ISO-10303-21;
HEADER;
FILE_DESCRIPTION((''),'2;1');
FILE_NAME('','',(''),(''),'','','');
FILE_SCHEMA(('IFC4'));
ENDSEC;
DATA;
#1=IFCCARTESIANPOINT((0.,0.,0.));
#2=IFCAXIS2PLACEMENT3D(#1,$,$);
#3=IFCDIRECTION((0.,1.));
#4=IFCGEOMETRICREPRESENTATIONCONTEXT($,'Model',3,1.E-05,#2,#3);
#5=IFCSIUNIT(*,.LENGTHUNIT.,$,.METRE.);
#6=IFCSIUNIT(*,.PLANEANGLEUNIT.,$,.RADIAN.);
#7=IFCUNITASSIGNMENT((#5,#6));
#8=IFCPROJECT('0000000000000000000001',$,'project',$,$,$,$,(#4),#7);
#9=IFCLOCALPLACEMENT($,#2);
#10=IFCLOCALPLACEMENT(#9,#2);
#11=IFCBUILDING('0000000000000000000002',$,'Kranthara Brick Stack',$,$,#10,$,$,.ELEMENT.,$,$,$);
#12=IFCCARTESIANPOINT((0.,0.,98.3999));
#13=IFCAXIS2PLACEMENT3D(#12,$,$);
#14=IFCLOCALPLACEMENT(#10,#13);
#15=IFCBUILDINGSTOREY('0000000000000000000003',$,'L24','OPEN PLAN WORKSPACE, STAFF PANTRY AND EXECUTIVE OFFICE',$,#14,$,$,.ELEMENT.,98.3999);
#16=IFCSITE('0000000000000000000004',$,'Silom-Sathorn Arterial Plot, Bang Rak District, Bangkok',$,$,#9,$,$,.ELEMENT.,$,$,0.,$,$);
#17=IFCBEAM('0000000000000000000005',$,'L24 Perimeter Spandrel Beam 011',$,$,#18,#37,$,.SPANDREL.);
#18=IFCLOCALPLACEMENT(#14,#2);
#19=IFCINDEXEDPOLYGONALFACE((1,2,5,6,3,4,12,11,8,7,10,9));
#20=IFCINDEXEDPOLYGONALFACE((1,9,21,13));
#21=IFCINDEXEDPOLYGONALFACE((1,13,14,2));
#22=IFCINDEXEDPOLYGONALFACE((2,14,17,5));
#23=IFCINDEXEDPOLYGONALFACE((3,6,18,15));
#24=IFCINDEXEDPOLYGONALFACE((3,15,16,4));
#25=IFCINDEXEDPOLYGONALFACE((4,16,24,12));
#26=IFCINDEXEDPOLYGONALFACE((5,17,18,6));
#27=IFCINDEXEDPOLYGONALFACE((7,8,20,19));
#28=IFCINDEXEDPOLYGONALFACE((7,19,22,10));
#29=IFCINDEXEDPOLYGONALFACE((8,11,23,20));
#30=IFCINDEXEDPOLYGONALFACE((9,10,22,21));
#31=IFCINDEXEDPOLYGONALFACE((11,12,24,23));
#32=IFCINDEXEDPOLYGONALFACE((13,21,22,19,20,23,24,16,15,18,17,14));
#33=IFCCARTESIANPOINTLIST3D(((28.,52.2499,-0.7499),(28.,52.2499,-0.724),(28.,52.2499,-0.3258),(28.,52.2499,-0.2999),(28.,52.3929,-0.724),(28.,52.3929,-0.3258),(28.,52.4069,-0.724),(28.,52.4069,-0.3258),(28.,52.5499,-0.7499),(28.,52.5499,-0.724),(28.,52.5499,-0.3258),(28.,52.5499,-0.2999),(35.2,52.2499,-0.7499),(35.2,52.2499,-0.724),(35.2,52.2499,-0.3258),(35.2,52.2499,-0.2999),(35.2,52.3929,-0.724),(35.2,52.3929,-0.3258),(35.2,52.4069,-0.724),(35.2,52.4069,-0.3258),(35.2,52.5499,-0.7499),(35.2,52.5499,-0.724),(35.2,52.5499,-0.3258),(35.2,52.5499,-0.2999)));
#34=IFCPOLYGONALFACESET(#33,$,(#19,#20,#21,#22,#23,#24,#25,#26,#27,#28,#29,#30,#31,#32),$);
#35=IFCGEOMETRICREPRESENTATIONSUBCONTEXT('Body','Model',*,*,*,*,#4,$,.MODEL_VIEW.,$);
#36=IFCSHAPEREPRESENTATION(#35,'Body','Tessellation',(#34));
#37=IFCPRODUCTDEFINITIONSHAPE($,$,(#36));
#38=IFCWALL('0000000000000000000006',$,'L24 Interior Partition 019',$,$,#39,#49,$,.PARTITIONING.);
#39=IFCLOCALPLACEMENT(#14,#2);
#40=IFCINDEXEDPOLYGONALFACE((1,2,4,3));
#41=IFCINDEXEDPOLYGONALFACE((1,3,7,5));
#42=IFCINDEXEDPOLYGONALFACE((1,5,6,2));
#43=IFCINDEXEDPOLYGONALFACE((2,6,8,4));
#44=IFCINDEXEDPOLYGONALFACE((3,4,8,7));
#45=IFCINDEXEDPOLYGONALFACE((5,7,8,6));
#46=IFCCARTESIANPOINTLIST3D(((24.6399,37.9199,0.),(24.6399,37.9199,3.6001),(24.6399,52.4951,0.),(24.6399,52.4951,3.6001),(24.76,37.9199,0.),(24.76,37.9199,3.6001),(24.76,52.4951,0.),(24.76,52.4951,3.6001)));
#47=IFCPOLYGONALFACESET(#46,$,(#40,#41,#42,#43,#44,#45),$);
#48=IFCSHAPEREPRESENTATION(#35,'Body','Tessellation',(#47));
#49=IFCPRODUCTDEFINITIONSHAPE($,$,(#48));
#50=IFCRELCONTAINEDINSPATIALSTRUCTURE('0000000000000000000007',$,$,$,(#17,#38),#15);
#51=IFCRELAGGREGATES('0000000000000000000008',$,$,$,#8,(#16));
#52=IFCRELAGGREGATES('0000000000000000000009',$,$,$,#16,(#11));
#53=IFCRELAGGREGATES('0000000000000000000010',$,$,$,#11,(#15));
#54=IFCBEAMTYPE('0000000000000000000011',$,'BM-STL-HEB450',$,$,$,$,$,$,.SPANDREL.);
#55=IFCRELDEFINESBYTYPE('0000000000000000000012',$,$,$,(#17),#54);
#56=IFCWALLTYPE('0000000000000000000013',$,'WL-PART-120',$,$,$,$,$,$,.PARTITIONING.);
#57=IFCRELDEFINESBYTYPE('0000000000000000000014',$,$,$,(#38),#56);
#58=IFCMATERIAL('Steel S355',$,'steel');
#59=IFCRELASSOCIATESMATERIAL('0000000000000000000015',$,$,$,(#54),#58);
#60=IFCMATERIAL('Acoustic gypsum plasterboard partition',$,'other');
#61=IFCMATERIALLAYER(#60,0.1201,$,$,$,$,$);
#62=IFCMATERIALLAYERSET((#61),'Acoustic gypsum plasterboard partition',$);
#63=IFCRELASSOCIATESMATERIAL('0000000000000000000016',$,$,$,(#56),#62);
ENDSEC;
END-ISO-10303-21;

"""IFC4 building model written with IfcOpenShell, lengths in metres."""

from ifc_helpers import new_model, si_unit, direction, frame, frame_2d, origin, origin_2d, place, context, subcontext, project, spatial, rectangle, i_section, extrude, material, layer, layer_set, material_profile, profile_set, type_object, element, save


model = new_model("IFC4")

# Units and contexts
model_context = context("Model", 3, precision=1e-05, world=origin(), true_north=direction((0.0, 1.0)))
body_context = subcontext(model_context, "Body", "Model", "MODEL_VIEW")
ifc_project = project(units=[si_unit("LENGTHUNIT", "METRE"), si_unit("PLANEANGLEUNIT", "RADIAN")], contexts=[model_context])

# Site, building, storey
site_placement = place(None, origin())
site = spatial("IfcSite", under=ifc_project, at=site_placement, Name="Silom-Sathorn Arterial Plot, Bang Rak District, Bangkok", CompositionType="ELEMENT", RefElevation=0.0)
building_placement = place(site_placement, origin())
building = spatial("IfcBuilding", under=site, at=building_placement, Name="Kranthara Brick Stack", CompositionType="ELEMENT")
storey_placement = place(building_placement, frame((0.0, 0.0, 98.3999)))
storey = spatial("IfcBuildingStorey", under=building, at=storey_placement, Name="L24", Description="OPEN PLAN WORKSPACE, STAFF PANTRY AND EXECUTIVE OFFICE", CompositionType="ELEMENT", Elevation=98.3999)

# Beam
ifc_material_1 = material(Name="Steel S355", Category="steel")
ifc_material_profile_1 = material_profile(ifc_material_1, i_section(OverallWidth=0.3, OverallDepth=0.45, WebThickness=0.0139, FlangeThickness=0.0259, at=origin_2d()), Name="HEB 450")
ifc_profile_set_1 = profile_set([ifc_material_profile_1], Name="Steel S355")
beam_type_1 = type_object("IfcBeamType", Name="BM-STL-HEB450", PredefinedType="SPANDREL", material=ifc_profile_set_1)
beam_1_placement = place(storey_placement, frame((28.0, 52.3999, -0.5249), z_axis=(1.0, 0.0, 0.0), x_axis=(0.0, 1.0, 0.0)))
element("IfcBeam", 1, at=beam_1_placement, inside=storey, type_object=beam_type_1, Name="L24 Perimeter Spandrel Beam 011", PredefinedType="SPANDREL", context=body_context, shape_type="SweptSolid", body=[
    extrude(i_section(OverallWidth=0.3, OverallDepth=0.45, WebThickness=0.0139, FlangeThickness=0.0259, at=origin_2d()), origin(), (0.0, 0.0, 1.0), 7.2),
])

# Wall
ifc_material_2 = material(Name="Acoustic gypsum plasterboard partition", Category="other")
ifc_layer = layer(ifc_material_2, 0.1201)
ifc_layer_set = layer_set([ifc_layer], Name="Acoustic gypsum plasterboard partition")
wall_type = type_object("IfcWallType", Name="WL-PART-120", PredefinedType="PARTITIONING", material=ifc_layer_set)
wall_placement = place(storey_placement, frame((24.7, 37.9199, 0.0), z_axis=(0.0, 0.0, 1.0), x_axis=(0.0, 1.0, 0.0)))
element("IfcWall", 2, at=wall_placement, inside=storey, type_object=wall_type, Name="L24 Interior Partition 019", PredefinedType="PARTITIONING", context=body_context, shape_type="SweptSolid", body=[
    extrude(rectangle(XDim=14.5752, YDim=0.1201, at=frame_2d((7.2876, 0.0))), origin(), (0.0, 0.0, 1.0), 3.6001),
])

save(model, "model.ifc")
